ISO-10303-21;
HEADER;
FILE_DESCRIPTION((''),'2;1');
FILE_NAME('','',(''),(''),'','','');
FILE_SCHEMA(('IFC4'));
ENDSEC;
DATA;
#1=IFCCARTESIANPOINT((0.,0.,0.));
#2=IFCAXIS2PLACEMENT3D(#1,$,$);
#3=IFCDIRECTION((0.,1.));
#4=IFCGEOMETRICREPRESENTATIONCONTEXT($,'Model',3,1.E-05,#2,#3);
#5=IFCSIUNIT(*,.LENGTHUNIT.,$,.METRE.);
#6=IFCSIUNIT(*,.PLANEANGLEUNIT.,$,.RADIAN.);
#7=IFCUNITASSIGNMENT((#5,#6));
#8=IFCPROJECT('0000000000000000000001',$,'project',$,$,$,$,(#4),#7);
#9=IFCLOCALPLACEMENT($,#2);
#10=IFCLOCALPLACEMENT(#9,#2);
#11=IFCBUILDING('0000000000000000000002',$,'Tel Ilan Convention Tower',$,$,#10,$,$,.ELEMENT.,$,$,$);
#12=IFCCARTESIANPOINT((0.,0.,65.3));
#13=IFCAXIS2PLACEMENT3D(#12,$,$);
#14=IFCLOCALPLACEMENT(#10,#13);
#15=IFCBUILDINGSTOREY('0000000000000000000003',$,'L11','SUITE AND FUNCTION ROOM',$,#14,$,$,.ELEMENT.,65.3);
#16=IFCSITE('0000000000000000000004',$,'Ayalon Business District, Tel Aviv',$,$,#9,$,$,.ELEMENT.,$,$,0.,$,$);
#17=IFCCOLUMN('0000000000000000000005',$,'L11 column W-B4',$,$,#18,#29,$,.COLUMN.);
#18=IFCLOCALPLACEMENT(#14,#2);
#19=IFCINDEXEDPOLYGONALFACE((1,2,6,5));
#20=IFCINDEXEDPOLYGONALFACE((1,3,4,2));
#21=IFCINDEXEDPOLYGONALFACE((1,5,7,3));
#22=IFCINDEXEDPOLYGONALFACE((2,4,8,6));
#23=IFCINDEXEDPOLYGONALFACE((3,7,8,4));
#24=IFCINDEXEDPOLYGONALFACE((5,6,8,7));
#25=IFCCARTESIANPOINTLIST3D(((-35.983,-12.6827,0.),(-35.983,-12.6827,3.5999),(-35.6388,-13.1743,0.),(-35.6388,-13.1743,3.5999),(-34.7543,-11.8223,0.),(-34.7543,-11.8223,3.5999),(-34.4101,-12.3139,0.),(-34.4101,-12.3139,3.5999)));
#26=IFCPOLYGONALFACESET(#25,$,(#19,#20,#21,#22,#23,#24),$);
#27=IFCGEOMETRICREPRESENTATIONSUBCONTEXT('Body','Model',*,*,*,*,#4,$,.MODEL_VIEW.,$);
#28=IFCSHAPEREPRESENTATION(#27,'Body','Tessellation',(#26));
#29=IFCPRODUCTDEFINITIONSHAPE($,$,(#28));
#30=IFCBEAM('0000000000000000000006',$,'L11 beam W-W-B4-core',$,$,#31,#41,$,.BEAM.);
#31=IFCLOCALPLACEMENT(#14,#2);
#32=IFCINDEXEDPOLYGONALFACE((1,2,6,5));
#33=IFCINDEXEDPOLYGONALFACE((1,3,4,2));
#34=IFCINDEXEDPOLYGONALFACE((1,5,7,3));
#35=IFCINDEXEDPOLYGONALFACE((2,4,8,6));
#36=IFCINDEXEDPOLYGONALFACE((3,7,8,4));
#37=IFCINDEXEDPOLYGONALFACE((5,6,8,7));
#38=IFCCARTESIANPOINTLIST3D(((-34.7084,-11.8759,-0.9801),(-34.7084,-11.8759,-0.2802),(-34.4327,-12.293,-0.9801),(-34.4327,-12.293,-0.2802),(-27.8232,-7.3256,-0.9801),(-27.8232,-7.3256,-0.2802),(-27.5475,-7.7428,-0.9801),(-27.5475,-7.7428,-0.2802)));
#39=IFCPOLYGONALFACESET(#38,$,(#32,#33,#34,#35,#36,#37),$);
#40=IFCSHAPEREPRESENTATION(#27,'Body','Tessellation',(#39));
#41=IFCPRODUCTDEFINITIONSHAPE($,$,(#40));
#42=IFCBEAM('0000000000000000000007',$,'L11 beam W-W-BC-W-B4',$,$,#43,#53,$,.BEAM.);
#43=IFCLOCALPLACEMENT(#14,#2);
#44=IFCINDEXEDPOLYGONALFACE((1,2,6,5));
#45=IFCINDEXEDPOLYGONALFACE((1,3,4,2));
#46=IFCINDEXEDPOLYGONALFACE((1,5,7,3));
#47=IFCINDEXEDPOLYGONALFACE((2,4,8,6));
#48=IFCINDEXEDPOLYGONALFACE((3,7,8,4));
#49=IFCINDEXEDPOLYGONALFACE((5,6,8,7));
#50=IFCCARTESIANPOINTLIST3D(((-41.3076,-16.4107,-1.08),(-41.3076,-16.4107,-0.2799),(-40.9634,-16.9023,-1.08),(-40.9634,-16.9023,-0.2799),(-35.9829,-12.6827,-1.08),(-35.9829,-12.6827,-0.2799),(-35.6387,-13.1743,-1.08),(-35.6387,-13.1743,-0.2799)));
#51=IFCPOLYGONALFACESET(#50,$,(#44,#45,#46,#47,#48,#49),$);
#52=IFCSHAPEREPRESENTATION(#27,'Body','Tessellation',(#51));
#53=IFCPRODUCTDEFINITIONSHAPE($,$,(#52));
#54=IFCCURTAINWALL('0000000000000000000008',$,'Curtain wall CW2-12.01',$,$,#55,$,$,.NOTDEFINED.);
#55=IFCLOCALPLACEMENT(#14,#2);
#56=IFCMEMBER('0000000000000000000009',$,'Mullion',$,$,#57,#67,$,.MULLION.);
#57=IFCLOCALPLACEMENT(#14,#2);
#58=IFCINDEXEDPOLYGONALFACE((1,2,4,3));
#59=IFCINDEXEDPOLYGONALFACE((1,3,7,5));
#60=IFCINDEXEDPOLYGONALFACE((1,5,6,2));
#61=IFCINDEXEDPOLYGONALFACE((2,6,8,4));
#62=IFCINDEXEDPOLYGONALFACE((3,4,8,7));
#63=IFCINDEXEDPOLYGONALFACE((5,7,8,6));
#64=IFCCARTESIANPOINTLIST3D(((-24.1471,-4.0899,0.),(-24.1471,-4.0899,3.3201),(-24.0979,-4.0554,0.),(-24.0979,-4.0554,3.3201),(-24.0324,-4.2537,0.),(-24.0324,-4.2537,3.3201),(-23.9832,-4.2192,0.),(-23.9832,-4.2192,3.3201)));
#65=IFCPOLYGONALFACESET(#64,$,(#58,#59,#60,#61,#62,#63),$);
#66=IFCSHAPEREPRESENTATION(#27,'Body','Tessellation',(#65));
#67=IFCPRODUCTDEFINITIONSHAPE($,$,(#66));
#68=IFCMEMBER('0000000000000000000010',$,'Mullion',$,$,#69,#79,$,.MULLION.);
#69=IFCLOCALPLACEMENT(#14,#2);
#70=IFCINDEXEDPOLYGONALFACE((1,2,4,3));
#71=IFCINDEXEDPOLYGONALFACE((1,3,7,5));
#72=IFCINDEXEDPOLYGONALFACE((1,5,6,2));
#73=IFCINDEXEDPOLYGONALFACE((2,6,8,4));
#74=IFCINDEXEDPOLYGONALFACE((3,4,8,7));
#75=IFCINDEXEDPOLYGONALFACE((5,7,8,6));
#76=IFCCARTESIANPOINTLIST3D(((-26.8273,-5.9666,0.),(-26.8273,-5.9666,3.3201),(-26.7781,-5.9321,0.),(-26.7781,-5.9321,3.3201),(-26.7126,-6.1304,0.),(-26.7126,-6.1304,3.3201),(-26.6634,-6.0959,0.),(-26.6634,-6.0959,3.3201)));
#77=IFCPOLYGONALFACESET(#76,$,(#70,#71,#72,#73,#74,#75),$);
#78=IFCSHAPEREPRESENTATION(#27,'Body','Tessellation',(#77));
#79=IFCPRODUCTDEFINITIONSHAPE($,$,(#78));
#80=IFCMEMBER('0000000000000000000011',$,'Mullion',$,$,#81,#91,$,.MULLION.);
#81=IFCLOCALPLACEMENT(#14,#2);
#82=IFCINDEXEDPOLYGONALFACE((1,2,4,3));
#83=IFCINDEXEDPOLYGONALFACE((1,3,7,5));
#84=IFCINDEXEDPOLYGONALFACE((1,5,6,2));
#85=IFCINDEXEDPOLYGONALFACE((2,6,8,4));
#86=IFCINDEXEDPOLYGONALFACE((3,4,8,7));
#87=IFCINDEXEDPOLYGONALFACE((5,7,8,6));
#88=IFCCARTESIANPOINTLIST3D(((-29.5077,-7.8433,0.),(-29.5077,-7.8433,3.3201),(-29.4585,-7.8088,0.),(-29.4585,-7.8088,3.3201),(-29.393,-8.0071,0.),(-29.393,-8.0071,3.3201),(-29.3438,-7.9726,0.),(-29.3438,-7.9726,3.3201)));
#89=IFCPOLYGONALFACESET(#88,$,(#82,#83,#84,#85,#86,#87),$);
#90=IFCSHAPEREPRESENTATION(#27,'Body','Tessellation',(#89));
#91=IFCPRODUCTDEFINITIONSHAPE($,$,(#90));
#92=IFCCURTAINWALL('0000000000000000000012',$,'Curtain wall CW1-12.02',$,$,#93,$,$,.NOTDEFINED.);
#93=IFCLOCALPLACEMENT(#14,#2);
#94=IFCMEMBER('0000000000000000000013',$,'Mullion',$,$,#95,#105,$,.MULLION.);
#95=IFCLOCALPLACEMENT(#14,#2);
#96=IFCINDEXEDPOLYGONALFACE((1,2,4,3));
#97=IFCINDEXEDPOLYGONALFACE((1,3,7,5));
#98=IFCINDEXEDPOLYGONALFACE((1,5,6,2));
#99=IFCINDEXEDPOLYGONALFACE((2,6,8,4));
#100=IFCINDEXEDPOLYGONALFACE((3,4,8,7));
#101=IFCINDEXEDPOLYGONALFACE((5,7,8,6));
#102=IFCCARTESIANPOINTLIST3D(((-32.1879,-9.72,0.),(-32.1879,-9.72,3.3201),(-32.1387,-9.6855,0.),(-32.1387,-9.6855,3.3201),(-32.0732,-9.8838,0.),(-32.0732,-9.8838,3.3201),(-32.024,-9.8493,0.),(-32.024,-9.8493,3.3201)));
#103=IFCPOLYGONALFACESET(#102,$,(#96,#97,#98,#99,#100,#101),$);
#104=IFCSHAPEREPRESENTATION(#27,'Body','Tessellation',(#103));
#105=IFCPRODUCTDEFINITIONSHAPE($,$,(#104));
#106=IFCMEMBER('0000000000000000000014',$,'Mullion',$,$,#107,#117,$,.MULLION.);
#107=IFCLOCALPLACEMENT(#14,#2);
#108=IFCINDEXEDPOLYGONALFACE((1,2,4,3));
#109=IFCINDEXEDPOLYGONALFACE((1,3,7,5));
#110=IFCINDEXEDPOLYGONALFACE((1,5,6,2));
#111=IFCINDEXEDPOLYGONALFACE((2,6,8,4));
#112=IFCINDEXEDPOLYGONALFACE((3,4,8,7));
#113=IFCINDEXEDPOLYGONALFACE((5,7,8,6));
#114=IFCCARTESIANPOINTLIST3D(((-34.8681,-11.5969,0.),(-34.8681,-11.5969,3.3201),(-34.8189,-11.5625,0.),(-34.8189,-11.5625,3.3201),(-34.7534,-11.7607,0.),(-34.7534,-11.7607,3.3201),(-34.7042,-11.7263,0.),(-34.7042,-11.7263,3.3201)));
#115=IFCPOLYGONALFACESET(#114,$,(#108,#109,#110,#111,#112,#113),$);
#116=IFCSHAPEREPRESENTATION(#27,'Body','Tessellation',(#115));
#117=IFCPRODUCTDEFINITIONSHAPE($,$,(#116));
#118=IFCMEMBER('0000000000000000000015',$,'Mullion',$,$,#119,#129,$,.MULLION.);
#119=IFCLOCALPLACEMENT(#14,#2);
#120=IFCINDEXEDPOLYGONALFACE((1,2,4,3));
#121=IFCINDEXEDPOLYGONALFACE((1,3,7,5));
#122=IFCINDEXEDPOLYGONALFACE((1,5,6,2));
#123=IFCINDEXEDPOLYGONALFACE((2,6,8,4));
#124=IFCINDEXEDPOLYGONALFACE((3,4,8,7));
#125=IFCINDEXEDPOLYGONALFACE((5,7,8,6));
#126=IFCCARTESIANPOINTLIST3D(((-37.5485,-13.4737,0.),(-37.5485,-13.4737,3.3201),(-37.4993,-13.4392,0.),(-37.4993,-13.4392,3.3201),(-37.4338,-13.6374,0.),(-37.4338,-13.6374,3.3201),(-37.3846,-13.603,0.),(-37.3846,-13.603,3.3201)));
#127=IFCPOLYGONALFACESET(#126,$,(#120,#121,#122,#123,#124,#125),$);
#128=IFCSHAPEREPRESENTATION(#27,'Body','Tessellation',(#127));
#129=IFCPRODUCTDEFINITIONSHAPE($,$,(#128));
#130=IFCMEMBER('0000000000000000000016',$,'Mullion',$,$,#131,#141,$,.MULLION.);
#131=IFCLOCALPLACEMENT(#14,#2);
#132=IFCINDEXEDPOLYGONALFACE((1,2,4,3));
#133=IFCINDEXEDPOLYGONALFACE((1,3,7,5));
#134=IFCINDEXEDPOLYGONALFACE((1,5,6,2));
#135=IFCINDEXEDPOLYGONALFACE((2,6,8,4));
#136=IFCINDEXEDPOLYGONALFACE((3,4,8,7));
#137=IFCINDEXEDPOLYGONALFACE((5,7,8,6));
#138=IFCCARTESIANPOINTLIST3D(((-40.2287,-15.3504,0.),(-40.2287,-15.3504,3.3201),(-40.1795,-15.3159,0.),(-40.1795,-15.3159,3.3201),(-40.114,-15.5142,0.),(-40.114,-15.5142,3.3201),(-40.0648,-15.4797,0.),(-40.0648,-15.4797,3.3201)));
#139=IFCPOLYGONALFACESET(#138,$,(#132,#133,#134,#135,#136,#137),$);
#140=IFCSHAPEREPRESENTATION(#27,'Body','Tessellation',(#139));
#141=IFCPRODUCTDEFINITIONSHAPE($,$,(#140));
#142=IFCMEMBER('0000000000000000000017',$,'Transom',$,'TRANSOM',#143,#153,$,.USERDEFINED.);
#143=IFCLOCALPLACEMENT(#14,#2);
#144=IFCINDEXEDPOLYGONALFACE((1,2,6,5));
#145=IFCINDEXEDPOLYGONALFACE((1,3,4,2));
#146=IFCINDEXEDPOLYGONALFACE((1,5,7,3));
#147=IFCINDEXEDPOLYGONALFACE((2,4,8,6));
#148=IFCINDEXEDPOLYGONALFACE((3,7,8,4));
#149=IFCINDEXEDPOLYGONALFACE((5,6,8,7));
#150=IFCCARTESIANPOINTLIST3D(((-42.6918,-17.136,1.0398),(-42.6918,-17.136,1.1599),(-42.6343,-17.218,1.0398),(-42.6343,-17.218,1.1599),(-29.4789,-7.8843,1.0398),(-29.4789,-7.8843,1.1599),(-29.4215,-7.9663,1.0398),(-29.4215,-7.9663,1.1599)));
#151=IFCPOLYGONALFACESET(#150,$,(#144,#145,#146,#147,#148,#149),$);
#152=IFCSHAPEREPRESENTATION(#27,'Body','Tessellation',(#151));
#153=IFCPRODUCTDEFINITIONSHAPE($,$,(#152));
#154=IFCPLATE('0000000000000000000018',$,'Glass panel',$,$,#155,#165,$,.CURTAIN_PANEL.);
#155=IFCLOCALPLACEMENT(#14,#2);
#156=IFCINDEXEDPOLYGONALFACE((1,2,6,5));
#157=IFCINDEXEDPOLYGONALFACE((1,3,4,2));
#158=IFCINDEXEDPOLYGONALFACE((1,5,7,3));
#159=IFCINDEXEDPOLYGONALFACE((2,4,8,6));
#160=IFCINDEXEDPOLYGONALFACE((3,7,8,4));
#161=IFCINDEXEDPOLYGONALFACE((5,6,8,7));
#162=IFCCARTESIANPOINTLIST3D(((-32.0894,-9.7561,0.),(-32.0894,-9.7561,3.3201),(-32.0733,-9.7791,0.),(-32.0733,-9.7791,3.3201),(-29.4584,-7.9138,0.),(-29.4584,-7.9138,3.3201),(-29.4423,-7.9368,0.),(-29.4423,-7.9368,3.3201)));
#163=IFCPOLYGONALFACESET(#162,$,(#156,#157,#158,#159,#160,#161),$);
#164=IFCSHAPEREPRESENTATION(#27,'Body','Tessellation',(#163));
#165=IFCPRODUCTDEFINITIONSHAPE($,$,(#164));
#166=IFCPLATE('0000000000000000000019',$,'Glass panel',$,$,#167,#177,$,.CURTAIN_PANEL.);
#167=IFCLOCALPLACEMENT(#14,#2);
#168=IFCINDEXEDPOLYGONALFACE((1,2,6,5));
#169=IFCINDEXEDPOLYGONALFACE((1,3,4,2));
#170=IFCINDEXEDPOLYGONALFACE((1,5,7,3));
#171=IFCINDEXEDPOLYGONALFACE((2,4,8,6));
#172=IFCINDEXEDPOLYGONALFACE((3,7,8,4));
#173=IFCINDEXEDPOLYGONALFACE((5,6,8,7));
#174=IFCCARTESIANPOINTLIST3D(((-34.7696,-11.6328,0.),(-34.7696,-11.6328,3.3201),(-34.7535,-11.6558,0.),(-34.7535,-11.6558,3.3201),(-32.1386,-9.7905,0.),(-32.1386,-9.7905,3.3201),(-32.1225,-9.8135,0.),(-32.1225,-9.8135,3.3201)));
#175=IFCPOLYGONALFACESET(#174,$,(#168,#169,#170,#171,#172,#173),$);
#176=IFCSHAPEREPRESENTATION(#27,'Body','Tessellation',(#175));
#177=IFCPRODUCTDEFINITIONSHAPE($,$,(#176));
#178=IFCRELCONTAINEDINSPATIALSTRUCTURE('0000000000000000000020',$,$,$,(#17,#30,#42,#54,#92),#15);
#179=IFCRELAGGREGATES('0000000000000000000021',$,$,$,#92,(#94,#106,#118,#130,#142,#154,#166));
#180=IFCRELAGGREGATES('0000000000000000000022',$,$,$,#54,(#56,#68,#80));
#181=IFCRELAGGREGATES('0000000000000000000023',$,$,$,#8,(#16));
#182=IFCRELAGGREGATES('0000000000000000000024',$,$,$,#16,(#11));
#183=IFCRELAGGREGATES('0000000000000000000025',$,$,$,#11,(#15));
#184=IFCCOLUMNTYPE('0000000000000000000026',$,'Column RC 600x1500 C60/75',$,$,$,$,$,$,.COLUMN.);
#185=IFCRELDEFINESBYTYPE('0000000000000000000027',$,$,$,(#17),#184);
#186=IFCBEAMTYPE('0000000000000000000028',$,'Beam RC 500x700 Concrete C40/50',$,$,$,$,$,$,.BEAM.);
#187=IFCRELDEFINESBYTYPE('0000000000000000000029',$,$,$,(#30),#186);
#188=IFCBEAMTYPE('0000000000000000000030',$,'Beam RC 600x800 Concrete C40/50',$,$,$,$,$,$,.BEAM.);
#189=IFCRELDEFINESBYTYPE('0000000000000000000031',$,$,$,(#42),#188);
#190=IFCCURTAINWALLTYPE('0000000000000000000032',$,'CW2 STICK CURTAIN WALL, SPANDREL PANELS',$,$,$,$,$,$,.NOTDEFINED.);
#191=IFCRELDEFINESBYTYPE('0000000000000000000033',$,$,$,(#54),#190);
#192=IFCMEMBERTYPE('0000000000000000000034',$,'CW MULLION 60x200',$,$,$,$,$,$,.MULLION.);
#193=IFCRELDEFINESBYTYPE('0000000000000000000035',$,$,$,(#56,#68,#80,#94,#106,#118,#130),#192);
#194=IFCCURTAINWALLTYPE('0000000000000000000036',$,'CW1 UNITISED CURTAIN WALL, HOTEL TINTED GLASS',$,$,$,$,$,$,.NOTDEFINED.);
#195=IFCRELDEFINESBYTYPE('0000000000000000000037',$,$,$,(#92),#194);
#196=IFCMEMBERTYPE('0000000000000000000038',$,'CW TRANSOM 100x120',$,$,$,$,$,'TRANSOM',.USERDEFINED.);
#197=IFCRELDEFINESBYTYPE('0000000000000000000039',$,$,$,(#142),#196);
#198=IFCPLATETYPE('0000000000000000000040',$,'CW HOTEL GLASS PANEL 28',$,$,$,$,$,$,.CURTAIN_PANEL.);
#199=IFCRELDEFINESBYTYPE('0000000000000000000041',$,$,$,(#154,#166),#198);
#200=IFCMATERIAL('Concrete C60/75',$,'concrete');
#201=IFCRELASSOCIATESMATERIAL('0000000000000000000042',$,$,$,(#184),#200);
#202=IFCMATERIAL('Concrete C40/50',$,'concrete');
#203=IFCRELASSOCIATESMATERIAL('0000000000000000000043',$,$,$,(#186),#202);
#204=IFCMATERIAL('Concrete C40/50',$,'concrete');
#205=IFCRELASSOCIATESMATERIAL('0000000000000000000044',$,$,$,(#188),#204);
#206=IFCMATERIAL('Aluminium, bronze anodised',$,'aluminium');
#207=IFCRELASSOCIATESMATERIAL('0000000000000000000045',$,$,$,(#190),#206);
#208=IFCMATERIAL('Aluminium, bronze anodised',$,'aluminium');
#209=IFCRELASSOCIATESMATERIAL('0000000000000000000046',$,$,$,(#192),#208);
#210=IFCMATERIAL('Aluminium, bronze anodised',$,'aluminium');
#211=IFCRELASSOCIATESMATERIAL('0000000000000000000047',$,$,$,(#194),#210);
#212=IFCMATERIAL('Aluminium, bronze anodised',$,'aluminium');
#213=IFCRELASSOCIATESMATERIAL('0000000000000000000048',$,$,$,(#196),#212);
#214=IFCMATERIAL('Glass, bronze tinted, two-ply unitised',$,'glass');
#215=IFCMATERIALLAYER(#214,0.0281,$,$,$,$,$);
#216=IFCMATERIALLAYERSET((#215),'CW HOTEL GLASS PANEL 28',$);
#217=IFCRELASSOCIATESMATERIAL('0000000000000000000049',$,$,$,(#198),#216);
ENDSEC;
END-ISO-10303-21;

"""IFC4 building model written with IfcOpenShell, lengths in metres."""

from ifc_helpers import new_model, si_unit, direction, frame, origin, origin_2d, place, context, subcontext, project, spatial, rectangle, extrude, material, layer, layer_set, material_profile, profile_set, type_object, element, aggregate, save


model = new_model("IFC4")

# Units and contexts
model_context = context("Model", 3, precision=1e-05, world=origin(), true_north=direction((0.0, 1.0)))
body_context = subcontext(model_context, "Body", "Model", "MODEL_VIEW")
ifc_project = project(units=[si_unit("LENGTHUNIT", "METRE"), si_unit("PLANEANGLEUNIT", "RADIAN")], contexts=[model_context])

# Site, building, storey
site_placement = place(None, origin())
site = spatial("IfcSite", under=ifc_project, at=site_placement, Name="Ayalon Business District, Tel Aviv", CompositionType="ELEMENT", RefElevation=0.0)
building_placement = place(site_placement, origin())
building = spatial("IfcBuilding", under=site, at=building_placement, Name="Tel Ilan Convention Tower", CompositionType="ELEMENT")
storey_placement = place(building_placement, frame((0.0, 0.0, 65.3)))
storey = spatial("IfcBuildingStorey", under=building, at=storey_placement, Name="L11", Description="SUITE AND FUNCTION ROOM", CompositionType="ELEMENT", Elevation=65.3)

# Column
ifc_material_1 = material(Name="Concrete C60/75", Category="concrete")
ifc_material_profile_1 = material_profile(ifc_material_1, rectangle(XDim=1.5, YDim=0.6001, at=origin_2d()), Name="RC 600x1500")
ifc_profile_set_1 = profile_set([ifc_material_profile_1], Name="Concrete C60/75")
column_type = type_object("IfcColumnType", Name="Column RC 600x1500 C60/75", PredefinedType="COLUMN", material=ifc_profile_set_1)
column_placement = place(storey_placement, frame((-35.1965, -12.4983, 0.0), z_axis=(0.0, 0.0, 1.0), x_axis=(-0.819152, -0.573576, 0.0)))
element("IfcColumn", 1, at=column_placement, inside=storey, type_object=column_type, Name="L11 column W-B4", PredefinedType="COLUMN", context=body_context, shape_type="SweptSolid", body=[
    extrude(rectangle(XDim=1.5, YDim=0.6001, at=origin_2d()), origin(), (0.0, 0.0, 1.0), 3.5999),
])

# Beams
ifc_material_2 = material(Name="Concrete C40/50", Category="concrete")
ifc_material_profile_2 = material_profile(ifc_material_2, rectangle(XDim=0.5, YDim=0.7, at=origin_2d()), Name="RC 500x700")
ifc_profile_set_2 = profile_set([ifc_material_profile_2], Name="Concrete C40/50")
beam_type_1 = type_object("IfcBeamType", Name="Beam RC 500x700 Concrete C40/50", PredefinedType="BEAM", material=ifc_profile_set_2)
beam_1_placement = place(storey_placement, frame((-34.5706, -12.0845, -0.6301), z_axis=(0.834274, 0.551351, 0.0), x_axis=(-0.551351, 0.834274, 0.0)))
element("IfcBeam", 2, at=beam_1_placement, inside=storey, type_object=beam_type_1, Name="L11 beam W-W-B4-core", PredefinedType="BEAM", context=body_context, shape_type="SweptSolid", body=[
    extrude(rectangle(XDim=0.5, YDim=0.7, at=origin_2d()), origin(), (0.0, 0.0, 1.0), 8.2529),
])
ifc_material_3 = material(Name="Concrete C40/50", Category="concrete")
ifc_material_profile_3 = material_profile(ifc_material_3, rectangle(XDim=0.6001, YDim=0.8, at=origin_2d()), Name="RC 600x800")
ifc_profile_set_3 = profile_set([ifc_material_profile_3], Name="Concrete C40/50")
beam_type_2 = type_object("IfcBeamType", Name="Beam RC 600x800 Concrete C40/50", PredefinedType="BEAM", material=ifc_profile_set_3)
beam_2_placement = place(storey_placement, frame((-41.1355, -16.6565, -0.6799), z_axis=(0.819179, 0.573538, 0.0), x_axis=(-0.573538, 0.819179, 0.0)))
element("IfcBeam", 3, at=beam_2_placement, inside=storey, type_object=beam_type_2, Name="L11 beam W-W-BC-W-B4", PredefinedType="BEAM", context=body_context, shape_type="SweptSolid", body=[
    extrude(rectangle(XDim=0.6001, YDim=0.8, at=origin_2d()), origin(), (0.0, 0.0, 1.0), 6.5),
])

# Curtain wall, members
ifc_material_4 = material(Name="Aluminium, bronze anodised", Category="aluminium")
curtain_wall_type_1 = type_object("IfcCurtainWallType", Name="CW2 STICK CURTAIN WALL, SPANDREL PANELS", PredefinedType="NOTDEFINED", material=ifc_material_4)
curtain_wall_1_placement = place(storey_placement, origin())
curtain_wall_1 = element("IfcCurtainWall", 4, at=curtain_wall_1_placement, inside=storey, type_object=curtain_wall_type_1, Name="Curtain wall CW2-12.01", PredefinedType="NOTDEFINED")
ifc_material_5 = material(Name="Aluminium, bronze anodised", Category="aluminium")
ifc_material_profile_4 = material_profile(ifc_material_5, rectangle(XDim=0.0601, YDim=0.2, at=origin_2d()), Name="CW MULLION 60x200")
ifc_profile_set_4 = profile_set([ifc_material_profile_4], Name="Aluminium, bronze anodised")
member_type_1 = type_object("IfcMemberType", Name="CW MULLION 60x200", PredefinedType="MULLION", material=ifc_profile_set_4)
member_1_placement = place(storey_placement, frame((-24.0652, -4.1545, 0.0), z_axis=(0.0, 0.0, 1.0), x_axis=(-0.819152, -0.573576, 0.0)))
member_1 = element("IfcMember", 5, at=member_1_placement, type_object=member_type_1, Name="Mullion", PredefinedType="MULLION", context=body_context, shape_type="SweptSolid", body=[
    extrude(rectangle(XDim=0.0601, YDim=0.2, at=origin_2d()), origin(), (0.0, 0.0, 1.0), 3.3201),
])
member_2_placement = place(storey_placement, frame((-26.7454, -6.0312, 0.0), z_axis=(0.0, 0.0, 1.0), x_axis=(-0.819152, -0.573576, 0.0)))
member_2 = element("IfcMember", 6, at=member_2_placement, type_object=member_type_1, Name="Mullion", PredefinedType="MULLION", context=body_context, shape_type="SweptSolid", body=[
    extrude(rectangle(XDim=0.0601, YDim=0.2, at=origin_2d()), origin(), (0.0, 0.0, 1.0), 3.3201),
])
member_3_placement = place(storey_placement, frame((-29.4258, -7.908, 0.0), z_axis=(0.0, 0.0, 1.0), x_axis=(-0.819152, -0.573576, 0.0)))
member_3 = element("IfcMember", 7, at=member_3_placement, type_object=member_type_1, Name="Mullion", PredefinedType="MULLION", context=body_context, shape_type="SweptSolid", body=[
    extrude(rectangle(XDim=0.0601, YDim=0.2, at=origin_2d()), origin(), (0.0, 0.0, 1.0), 3.3201),
])

# Curtain wall, members, plates
ifc_material_6 = material(Name="Aluminium, bronze anodised", Category="aluminium")
curtain_wall_type_2 = type_object("IfcCurtainWallType", Name="CW1 UNITISED CURTAIN WALL, HOTEL TINTED GLASS", PredefinedType="NOTDEFINED", material=ifc_material_6)
curtain_wall_2_placement = place(storey_placement, origin())
curtain_wall_2 = element("IfcCurtainWall", 8, at=curtain_wall_2_placement, inside=storey, type_object=curtain_wall_type_2, Name="Curtain wall CW1-12.02", PredefinedType="NOTDEFINED")
member_4_placement = place(storey_placement, frame((-32.106, -9.7847, 0.0), z_axis=(0.0, 0.0, 1.0), x_axis=(-0.819152, -0.573576, 0.0)))
member_4 = element("IfcMember", 9, at=member_4_placement, type_object=member_type_1, Name="Mullion", PredefinedType="MULLION", context=body_context, shape_type="SweptSolid", body=[
    extrude(rectangle(XDim=0.0601, YDim=0.2, at=origin_2d()), origin(), (0.0, 0.0, 1.0), 3.3201),
])
member_5_placement = place(storey_placement, frame((-34.7861, -11.6616, 0.0), z_axis=(0.0, 0.0, 1.0), x_axis=(-0.819152, -0.573576, 0.0)))
member_5 = element("IfcMember", 10, at=member_5_placement, type_object=member_type_1, Name="Mullion", PredefinedType="MULLION", context=body_context, shape_type="SweptSolid", body=[
    extrude(rectangle(XDim=0.0601, YDim=0.2, at=origin_2d()), origin(), (0.0, 0.0, 1.0), 3.3201),
])
member_6_placement = place(storey_placement, frame((-37.4666, -13.5383, 0.0), z_axis=(0.0, 0.0, 1.0), x_axis=(-0.819152, -0.573576, 0.0)))
member_6 = element("IfcMember", 11, at=member_6_placement, type_object=member_type_1, Name="Mullion", PredefinedType="MULLION", context=body_context, shape_type="SweptSolid", body=[
    extrude(rectangle(XDim=0.0601, YDim=0.2, at=origin_2d()), origin(), (0.0, 0.0, 1.0), 3.3201),
])
member_7_placement = place(storey_placement, frame((-40.1467, -15.415, 0.0), z_axis=(0.0, 0.0, 1.0), x_axis=(-0.819152, -0.573576, 0.0)))
member_7 = element("IfcMember", 12, at=member_7_placement, type_object=member_type_1, Name="Mullion", PredefinedType="MULLION", context=body_context, shape_type="SweptSolid", body=[
    extrude(rectangle(XDim=0.0601, YDim=0.2, at=origin_2d()), origin(), (0.0, 0.0, 1.0), 3.3201),
])
ifc_material_7 = material(Name="Aluminium, bronze anodised", Category="aluminium")
ifc_material_profile_5 = material_profile(ifc_material_7, rectangle(XDim=0.1001, YDim=0.1201, at=origin_2d()), Name="CW TRANSOM 100x120")
ifc_profile_set_5 = profile_set([ifc_material_profile_5], Name="Aluminium, bronze anodised")
member_type_2 = type_object("IfcMemberType", Name="CW TRANSOM 100x120", ElementType="TRANSOM", PredefinedType="USERDEFINED", material=ifc_profile_set_5)
member_8_placement = place(storey_placement, frame((-29.4502, -7.9253, 1.0999), z_axis=(-0.819154, -0.573574, 0.0), x_axis=(0.573574, -0.819154, 0.0)))
member_8 = element("IfcMember", 13, at=member_8_placement, type_object=member_type_2, Name="Transom", ObjectType="TRANSOM", PredefinedType="USERDEFINED", context=body_context, shape_type="SweptSolid", body=[
    extrude(rectangle(XDim=0.1001, YDim=0.1201, at=origin_2d()), origin(), (0.0, 0.0, 1.0), 16.1299),
])
ifc_material_8 = material(Name="Glass, bronze tinted, two-ply unitised", Category="glass")
ifc_layer_1 = layer(ifc_material_8, 0.0281)
ifc_layer_set_1 = layer_set([ifc_layer_1], Name="CW HOTEL GLASS PANEL 28")
plate_type_1 = type_object("IfcPlateType", Name="CW HOTEL GLASS PANEL 28", PredefinedType="CURTAIN_PANEL", material=ifc_layer_set_1)
plate_1_placement = place(storey_placement, frame((-30.7659, -8.8464, 0.0), z_axis=(0.0, 0.0, 1.0), x_axis=(-0.819152, -0.573576, 0.0)))
plate_1 = element("IfcPlate", 14, at=plate_1_placement, type_object=plate_type_1, Name="Glass panel", PredefinedType="CURTAIN_PANEL", context=body_context, shape_type="SweptSolid", body=[
    extrude(rectangle(XDim=3.2119, YDim=0.0281, at=origin_2d()), origin(), (0.0, 0.0, 1.0), 3.3201),
])
plate_2_placement = place(storey_placement, frame((-33.446, -10.7231, 0.0), z_axis=(0.0, 0.0, 1.0), x_axis=(-0.819152, -0.573576, 0.0)))
plate_2 = element("IfcPlate", 15, at=plate_2_placement, type_object=plate_type_1, Name="Glass panel", PredefinedType="CURTAIN_PANEL", context=body_context, shape_type="SweptSolid", body=[
    extrude(rectangle(XDim=3.2119, YDim=0.0281, at=origin_2d()), origin(), (0.0, 0.0, 1.0), 3.3201),
])
aggregate(curtain_wall_2, [member_4, member_5, member_6, member_7, member_8, plate_1, plate_2])

aggregate(curtain_wall_1, [member_1, member_2, member_3])

save(model, "model.ifc")
